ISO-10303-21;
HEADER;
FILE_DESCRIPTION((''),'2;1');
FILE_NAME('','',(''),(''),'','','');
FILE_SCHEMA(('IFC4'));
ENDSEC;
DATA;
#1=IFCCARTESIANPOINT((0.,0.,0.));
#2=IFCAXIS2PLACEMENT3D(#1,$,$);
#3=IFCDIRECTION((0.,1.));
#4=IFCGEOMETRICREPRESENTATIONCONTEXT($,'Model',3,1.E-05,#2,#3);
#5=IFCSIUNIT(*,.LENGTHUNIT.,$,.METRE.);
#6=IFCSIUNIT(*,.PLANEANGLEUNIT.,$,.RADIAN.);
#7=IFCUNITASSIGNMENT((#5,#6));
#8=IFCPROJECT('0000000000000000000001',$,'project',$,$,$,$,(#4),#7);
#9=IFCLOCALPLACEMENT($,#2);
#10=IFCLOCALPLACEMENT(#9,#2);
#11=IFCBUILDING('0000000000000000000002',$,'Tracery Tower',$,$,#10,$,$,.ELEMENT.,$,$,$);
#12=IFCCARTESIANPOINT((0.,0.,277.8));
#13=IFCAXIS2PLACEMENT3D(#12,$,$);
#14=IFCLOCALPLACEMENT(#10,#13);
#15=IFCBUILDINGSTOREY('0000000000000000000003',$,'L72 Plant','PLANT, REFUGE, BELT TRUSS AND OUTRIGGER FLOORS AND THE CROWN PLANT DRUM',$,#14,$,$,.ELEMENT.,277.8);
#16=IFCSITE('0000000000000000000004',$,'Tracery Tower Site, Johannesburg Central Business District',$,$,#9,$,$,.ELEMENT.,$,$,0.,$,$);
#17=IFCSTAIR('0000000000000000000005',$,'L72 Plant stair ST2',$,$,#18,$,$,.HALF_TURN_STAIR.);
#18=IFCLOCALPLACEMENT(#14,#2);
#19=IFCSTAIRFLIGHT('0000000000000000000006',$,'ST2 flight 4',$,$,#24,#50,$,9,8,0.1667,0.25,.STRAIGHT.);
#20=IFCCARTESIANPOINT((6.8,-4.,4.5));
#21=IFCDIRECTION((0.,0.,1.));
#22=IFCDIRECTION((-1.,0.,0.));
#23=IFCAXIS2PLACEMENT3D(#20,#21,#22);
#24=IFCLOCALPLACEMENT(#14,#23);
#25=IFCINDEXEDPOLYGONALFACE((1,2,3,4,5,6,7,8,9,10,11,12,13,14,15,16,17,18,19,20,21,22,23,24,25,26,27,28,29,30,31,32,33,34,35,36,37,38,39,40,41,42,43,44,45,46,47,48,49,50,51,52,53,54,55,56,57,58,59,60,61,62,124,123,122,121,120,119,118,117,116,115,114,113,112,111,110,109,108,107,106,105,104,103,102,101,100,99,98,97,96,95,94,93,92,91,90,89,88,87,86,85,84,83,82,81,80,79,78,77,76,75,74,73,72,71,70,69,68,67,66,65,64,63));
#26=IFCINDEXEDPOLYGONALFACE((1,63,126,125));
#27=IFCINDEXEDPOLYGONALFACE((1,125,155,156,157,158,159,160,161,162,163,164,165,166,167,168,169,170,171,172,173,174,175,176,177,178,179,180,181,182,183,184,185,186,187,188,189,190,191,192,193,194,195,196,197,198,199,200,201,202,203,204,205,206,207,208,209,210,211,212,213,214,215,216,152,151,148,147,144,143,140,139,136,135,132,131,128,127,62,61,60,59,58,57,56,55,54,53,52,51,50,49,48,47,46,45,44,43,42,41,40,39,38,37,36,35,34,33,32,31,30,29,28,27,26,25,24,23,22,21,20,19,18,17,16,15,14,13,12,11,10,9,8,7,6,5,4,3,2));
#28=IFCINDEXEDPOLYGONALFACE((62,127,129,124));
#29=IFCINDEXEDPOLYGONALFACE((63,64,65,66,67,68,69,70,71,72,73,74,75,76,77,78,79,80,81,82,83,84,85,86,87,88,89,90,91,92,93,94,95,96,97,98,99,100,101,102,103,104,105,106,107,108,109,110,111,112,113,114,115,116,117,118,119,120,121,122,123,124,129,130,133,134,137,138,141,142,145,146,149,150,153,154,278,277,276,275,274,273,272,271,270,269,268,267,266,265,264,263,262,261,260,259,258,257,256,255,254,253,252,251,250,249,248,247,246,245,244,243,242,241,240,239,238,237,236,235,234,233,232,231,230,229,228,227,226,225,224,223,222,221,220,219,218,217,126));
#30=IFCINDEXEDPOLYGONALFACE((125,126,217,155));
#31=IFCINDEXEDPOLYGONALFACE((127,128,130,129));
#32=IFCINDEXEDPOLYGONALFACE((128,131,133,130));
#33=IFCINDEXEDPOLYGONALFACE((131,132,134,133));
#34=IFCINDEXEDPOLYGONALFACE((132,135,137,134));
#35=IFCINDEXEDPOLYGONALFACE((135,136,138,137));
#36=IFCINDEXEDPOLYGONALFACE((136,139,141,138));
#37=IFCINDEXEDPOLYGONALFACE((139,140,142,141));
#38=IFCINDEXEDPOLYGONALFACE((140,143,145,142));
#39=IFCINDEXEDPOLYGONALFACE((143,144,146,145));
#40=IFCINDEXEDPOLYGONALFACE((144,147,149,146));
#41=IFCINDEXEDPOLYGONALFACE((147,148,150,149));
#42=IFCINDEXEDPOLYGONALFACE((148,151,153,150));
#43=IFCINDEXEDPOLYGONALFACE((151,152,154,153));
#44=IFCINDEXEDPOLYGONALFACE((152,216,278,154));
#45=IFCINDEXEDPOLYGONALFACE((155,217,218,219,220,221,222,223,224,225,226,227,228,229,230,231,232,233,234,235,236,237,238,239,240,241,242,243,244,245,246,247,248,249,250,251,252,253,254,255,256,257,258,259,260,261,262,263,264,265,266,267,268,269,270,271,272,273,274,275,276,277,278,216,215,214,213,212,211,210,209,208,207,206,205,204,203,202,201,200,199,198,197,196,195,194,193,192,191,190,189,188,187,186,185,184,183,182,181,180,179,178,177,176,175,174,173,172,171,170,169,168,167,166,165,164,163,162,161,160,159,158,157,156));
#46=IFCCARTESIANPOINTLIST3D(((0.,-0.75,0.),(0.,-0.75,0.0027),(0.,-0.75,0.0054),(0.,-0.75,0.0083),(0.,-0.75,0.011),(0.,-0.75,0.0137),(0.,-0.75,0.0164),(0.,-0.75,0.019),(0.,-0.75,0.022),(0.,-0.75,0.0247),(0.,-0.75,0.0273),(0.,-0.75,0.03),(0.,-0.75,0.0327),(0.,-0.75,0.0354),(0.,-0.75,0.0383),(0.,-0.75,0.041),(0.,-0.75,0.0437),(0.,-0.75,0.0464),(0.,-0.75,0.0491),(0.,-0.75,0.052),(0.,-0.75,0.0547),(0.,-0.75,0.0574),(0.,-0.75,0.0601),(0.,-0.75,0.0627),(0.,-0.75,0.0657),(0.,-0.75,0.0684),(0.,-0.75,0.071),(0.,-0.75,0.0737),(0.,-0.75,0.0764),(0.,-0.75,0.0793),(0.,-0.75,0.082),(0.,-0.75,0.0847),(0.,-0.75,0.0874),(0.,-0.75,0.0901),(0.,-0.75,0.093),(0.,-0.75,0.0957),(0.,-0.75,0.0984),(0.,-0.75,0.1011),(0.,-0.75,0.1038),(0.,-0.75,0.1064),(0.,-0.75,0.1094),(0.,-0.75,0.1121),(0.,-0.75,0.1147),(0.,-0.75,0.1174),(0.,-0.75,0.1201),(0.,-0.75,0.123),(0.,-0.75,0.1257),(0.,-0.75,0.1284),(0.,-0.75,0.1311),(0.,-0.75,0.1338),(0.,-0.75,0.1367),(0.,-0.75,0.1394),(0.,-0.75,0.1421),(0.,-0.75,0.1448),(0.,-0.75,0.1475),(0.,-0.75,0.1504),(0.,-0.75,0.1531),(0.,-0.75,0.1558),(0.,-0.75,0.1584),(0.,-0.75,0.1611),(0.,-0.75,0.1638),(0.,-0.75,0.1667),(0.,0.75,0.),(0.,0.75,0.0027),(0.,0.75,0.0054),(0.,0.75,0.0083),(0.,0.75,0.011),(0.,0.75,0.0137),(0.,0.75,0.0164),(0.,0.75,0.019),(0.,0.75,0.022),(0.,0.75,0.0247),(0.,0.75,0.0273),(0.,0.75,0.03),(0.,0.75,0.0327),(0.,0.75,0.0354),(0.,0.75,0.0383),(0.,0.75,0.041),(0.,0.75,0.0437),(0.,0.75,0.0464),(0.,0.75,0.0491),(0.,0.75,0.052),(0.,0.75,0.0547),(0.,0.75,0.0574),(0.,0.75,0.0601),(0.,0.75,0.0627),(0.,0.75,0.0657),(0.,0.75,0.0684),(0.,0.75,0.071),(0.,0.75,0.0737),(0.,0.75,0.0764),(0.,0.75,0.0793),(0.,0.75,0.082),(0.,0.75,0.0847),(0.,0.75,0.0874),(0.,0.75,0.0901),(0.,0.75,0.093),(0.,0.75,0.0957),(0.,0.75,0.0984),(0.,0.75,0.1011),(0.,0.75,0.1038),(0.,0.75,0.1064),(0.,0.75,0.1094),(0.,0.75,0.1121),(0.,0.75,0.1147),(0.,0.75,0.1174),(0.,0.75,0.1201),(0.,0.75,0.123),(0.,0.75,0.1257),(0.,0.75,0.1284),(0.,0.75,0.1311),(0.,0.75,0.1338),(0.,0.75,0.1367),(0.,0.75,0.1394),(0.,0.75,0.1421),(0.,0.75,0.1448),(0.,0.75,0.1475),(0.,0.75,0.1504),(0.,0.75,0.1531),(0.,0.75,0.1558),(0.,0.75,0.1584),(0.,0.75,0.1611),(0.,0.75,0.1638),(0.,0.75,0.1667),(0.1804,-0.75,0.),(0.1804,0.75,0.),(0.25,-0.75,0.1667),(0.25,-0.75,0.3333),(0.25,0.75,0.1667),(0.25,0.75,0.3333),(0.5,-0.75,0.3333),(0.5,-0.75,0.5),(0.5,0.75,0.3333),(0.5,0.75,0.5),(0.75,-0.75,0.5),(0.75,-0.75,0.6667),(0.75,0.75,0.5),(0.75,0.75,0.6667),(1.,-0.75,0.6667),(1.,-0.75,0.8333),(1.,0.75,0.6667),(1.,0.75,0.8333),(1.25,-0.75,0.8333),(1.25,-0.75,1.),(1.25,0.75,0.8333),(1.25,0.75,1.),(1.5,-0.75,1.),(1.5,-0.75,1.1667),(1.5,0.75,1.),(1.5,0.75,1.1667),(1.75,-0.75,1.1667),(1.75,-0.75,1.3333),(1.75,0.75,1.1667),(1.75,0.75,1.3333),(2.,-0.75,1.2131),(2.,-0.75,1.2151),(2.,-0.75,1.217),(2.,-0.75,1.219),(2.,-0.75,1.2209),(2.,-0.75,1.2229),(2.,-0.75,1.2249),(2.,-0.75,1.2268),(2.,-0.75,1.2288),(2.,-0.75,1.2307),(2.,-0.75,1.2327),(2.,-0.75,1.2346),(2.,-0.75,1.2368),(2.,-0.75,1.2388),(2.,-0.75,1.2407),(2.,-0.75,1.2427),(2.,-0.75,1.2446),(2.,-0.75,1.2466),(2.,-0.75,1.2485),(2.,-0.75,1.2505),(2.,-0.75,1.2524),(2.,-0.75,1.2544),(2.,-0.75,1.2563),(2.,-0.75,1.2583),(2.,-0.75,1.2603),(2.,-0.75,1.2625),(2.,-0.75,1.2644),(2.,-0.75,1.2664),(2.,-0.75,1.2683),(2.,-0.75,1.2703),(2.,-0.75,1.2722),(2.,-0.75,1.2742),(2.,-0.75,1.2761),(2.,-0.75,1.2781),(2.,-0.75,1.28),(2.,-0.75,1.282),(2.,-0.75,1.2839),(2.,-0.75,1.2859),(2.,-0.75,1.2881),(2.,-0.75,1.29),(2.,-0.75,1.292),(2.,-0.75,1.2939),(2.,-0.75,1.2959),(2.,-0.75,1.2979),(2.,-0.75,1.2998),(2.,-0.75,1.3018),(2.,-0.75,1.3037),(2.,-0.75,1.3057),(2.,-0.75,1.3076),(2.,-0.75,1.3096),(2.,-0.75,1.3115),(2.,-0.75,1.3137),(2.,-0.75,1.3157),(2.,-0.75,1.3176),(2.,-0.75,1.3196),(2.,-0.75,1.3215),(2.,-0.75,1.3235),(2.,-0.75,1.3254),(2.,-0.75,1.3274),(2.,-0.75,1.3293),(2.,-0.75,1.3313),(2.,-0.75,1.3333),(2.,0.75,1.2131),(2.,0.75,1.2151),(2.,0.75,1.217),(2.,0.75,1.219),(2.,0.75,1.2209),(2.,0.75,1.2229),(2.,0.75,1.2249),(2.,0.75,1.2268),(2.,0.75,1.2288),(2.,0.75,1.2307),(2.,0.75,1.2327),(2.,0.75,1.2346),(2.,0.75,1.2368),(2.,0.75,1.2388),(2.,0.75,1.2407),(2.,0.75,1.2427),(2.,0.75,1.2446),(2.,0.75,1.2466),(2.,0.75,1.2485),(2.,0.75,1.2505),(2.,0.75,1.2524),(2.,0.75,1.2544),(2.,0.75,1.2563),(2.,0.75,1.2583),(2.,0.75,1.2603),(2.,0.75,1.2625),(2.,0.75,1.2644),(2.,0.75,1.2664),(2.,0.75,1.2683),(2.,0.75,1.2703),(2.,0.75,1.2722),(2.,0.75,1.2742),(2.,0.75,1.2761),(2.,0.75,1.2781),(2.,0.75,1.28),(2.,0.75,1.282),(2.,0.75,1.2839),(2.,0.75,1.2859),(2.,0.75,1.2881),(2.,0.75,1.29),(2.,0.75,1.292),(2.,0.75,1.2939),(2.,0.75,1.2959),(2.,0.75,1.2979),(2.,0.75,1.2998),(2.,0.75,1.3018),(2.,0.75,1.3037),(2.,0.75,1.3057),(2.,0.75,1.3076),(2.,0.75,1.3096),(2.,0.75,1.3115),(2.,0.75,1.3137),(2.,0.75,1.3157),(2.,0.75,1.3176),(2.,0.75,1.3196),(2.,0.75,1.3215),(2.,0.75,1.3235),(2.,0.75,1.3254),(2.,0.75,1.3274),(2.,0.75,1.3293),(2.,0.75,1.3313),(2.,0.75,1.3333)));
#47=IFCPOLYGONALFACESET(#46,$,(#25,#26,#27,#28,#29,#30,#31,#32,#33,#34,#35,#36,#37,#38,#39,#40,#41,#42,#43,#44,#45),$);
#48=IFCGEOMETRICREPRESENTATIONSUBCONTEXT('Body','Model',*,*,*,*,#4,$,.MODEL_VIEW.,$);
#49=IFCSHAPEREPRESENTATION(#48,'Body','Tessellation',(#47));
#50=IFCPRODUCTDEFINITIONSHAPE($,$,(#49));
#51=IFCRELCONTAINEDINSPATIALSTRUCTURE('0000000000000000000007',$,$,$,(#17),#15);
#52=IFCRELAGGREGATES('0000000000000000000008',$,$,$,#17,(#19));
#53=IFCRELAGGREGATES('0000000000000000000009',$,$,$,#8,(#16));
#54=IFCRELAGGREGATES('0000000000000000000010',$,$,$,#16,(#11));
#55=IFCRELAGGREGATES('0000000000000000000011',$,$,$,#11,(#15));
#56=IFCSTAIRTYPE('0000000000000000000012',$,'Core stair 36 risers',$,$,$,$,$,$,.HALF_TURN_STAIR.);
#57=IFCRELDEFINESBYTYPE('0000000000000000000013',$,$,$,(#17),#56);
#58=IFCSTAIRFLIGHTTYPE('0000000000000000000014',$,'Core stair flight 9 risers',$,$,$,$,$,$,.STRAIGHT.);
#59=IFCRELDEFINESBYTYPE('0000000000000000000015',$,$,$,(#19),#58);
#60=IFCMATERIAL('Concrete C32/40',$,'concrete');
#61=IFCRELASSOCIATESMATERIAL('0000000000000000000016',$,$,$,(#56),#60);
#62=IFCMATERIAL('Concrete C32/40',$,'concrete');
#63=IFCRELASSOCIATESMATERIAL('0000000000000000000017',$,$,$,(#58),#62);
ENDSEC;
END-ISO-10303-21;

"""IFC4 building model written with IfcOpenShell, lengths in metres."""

from ifc_helpers import new_model, si_unit, direction, frame, origin, place, context, subcontext, project, spatial, polyline, outline, extrude, material, type_object, element, aggregate, save


model = new_model("IFC4")

# Units and contexts
model_context = context("Model", 3, precision=1e-05, world=origin(), true_north=direction((0.0, 1.0)))
body_context = subcontext(model_context, "Body", "Model", "MODEL_VIEW")
ifc_project = project(units=[si_unit("LENGTHUNIT", "METRE"), si_unit("PLANEANGLEUNIT", "RADIAN")], contexts=[model_context])

# Site, building, storey
site_placement = place(None, origin())
site = spatial("IfcSite", under=ifc_project, at=site_placement, Name="Tracery Tower Site, Johannesburg Central Business District", CompositionType="ELEMENT", RefElevation=0.0)
building_placement = place(site_placement, origin())
building = spatial("IfcBuilding", under=site, at=building_placement, Name="Tracery Tower", CompositionType="ELEMENT")
storey_placement = place(building_placement, frame((0.0, 0.0, 277.8)))
storey = spatial("IfcBuildingStorey", under=building, at=storey_placement, Name="L72 Plant", Description="PLANT, REFUGE, BELT TRUSS AND OUTRIGGER FLOORS AND THE CROWN PLANT DRUM", CompositionType="ELEMENT", Elevation=277.8)

# Stair, stair flight
ifc_material_1 = material(Name="Concrete C32/40", Category="concrete")
stair_type = type_object("IfcStairType", Name="Core stair 36 risers", PredefinedType="HALF_TURN_STAIR", material=ifc_material_1)
stair_placement = place(storey_placement, origin())
stair = element("IfcStair", 1, at=stair_placement, inside=storey, type_object=stair_type, Name="L72 Plant stair ST2", PredefinedType="HALF_TURN_STAIR")
ifc_material_2 = material(Name="Concrete C32/40", Category="concrete")
stair_flight_type = type_object("IfcStairFlightType", Name="Core stair flight 9 risers", PredefinedType="STRAIGHT", material=ifc_material_2)
stair_flight_placement = place(storey_placement, frame((6.8, -4.0, 4.5), z_axis=(0.0, 0.0, 1.0), x_axis=(-1.0, 0.0, 0.0)))
stair_flight = element("IfcStairFlight", 2, at=stair_flight_placement, type_object=stair_flight_type, Name="ST2 flight 4", NumberOfRisers=9, NumberOfTreads=8, PredefinedType="STRAIGHT", RiserHeight=0.1667, TreadLength=0.25, context=body_context, shape_type="SweptSolid", body=[
    extrude(outline(polyline([(0.0, 0.0), (0.0, 0.0027), (0.0, 0.0054), (0.0, 0.0083), (0.0, 0.011), (0.0, 0.0137), (0.0, 0.0164), (0.0, 0.019), (0.0, 0.022), (0.0, 0.0247), (0.0, 0.0273), (0.0, 0.03), (0.0, 0.0327), (0.0, 0.0354), (0.0, 0.0383), (0.0, 0.041), (0.0, 0.0437), (0.0, 0.0464), (0.0, 0.0491), (0.0, 0.052), (0.0, 0.0547), (0.0, 0.0574), (0.0, 0.0601), (0.0, 0.0627), (0.0, 0.0657), (0.0, 0.0684), (0.0, 0.071), (0.0, 0.0737), (0.0, 0.0764), (0.0, 0.0793), (0.0, 0.082), (0.0, 0.0847), (0.0, 0.0874), (0.0, 0.0901), (0.0, 0.093), (0.0, 0.0957), (0.0, 0.0984), (0.0, 0.1011), (0.0, 0.1038), (0.0, 0.1064), (0.0, 0.1094), (0.0, 0.1121), (0.0, 0.1147), (0.0, 0.1174), (0.0, 0.1201), (0.0, 0.123), (0.0, 0.1257), (0.0, 0.1284), (0.0, 0.1311), (0.0, 0.1338), (0.0, 0.1367), (0.0, 0.1394), (0.0, 0.1421), (0.0, 0.1448), (0.0, 0.1475), (0.0, 0.1504), (0.0, 0.1531), (0.0, 0.1558), (0.0, 0.1584), (0.0, 0.1611), (0.0, 0.1638), (0.0, 0.1667), (0.25, 0.1667), (0.25, 0.3333), (0.5, 0.3333), (0.5, 0.5), (0.75, 0.5), (0.75, 0.6667), (1.0, 0.6667), (1.0, 0.8333), (1.25, 0.8333), (1.25, 1.0), (1.5, 1.0), (1.5, 1.1667), (1.75, 1.1667), (1.75, 1.3333), (2.0, 1.3333), (2.0, 1.3313), (2.0, 1.3293), (2.0, 1.3274), (2.0, 1.3254), (2.0, 1.3235), (2.0, 1.3215), (2.0, 1.3196), (2.0, 1.3176), (2.0, 1.3157), (2.0, 1.3137), (2.0, 1.3115), (2.0, 1.3096), (2.0, 1.3076), (2.0, 1.3057), (2.0, 1.3037), (2.0, 1.3018), (2.0, 1.2998), (2.0, 1.2979), (2.0, 1.2959), (2.0, 1.2939), (2.0, 1.292), (2.0, 1.29), (2.0, 1.2881), (2.0, 1.2859), (2.0, 1.2839), (2.0, 1.282), (2.0, 1.28), (2.0, 1.2781), (2.0, 1.2761), (2.0, 1.2742), (2.0, 1.2722), (2.0, 1.2703), (2.0, 1.2683), (2.0, 1.2664), (2.0, 1.2644), (2.0, 1.2625), (2.0, 1.2603), (2.0, 1.2583), (2.0, 1.2563), (2.0, 1.2544), (2.0, 1.2524), (2.0, 1.2505), (2.0, 1.2485), (2.0, 1.2466), (2.0, 1.2446), (2.0, 1.2427), (2.0, 1.2407), (2.0, 1.2388), (2.0, 1.2368), (2.0, 1.2346), (2.0, 1.2327), (2.0, 1.2307), (2.0, 1.2288), (2.0, 1.2268), (2.0, 1.2249), (2.0, 1.2229), (2.0, 1.2209), (2.0, 1.219), (2.0, 1.217), (2.0, 1.2151), (2.0, 1.2131), (0.1804, 0.0), (0.0, 0.0)])), frame((0.0, 0.75, 0.0), z_axis=(0.0, -1.0, 0.0), x_axis=(1.0, 0.0, 0.0)), (0.0, 0.0, 1.0), 1.5),
])
aggregate(stair, [stair_flight])

save(model, "model.ifc")
